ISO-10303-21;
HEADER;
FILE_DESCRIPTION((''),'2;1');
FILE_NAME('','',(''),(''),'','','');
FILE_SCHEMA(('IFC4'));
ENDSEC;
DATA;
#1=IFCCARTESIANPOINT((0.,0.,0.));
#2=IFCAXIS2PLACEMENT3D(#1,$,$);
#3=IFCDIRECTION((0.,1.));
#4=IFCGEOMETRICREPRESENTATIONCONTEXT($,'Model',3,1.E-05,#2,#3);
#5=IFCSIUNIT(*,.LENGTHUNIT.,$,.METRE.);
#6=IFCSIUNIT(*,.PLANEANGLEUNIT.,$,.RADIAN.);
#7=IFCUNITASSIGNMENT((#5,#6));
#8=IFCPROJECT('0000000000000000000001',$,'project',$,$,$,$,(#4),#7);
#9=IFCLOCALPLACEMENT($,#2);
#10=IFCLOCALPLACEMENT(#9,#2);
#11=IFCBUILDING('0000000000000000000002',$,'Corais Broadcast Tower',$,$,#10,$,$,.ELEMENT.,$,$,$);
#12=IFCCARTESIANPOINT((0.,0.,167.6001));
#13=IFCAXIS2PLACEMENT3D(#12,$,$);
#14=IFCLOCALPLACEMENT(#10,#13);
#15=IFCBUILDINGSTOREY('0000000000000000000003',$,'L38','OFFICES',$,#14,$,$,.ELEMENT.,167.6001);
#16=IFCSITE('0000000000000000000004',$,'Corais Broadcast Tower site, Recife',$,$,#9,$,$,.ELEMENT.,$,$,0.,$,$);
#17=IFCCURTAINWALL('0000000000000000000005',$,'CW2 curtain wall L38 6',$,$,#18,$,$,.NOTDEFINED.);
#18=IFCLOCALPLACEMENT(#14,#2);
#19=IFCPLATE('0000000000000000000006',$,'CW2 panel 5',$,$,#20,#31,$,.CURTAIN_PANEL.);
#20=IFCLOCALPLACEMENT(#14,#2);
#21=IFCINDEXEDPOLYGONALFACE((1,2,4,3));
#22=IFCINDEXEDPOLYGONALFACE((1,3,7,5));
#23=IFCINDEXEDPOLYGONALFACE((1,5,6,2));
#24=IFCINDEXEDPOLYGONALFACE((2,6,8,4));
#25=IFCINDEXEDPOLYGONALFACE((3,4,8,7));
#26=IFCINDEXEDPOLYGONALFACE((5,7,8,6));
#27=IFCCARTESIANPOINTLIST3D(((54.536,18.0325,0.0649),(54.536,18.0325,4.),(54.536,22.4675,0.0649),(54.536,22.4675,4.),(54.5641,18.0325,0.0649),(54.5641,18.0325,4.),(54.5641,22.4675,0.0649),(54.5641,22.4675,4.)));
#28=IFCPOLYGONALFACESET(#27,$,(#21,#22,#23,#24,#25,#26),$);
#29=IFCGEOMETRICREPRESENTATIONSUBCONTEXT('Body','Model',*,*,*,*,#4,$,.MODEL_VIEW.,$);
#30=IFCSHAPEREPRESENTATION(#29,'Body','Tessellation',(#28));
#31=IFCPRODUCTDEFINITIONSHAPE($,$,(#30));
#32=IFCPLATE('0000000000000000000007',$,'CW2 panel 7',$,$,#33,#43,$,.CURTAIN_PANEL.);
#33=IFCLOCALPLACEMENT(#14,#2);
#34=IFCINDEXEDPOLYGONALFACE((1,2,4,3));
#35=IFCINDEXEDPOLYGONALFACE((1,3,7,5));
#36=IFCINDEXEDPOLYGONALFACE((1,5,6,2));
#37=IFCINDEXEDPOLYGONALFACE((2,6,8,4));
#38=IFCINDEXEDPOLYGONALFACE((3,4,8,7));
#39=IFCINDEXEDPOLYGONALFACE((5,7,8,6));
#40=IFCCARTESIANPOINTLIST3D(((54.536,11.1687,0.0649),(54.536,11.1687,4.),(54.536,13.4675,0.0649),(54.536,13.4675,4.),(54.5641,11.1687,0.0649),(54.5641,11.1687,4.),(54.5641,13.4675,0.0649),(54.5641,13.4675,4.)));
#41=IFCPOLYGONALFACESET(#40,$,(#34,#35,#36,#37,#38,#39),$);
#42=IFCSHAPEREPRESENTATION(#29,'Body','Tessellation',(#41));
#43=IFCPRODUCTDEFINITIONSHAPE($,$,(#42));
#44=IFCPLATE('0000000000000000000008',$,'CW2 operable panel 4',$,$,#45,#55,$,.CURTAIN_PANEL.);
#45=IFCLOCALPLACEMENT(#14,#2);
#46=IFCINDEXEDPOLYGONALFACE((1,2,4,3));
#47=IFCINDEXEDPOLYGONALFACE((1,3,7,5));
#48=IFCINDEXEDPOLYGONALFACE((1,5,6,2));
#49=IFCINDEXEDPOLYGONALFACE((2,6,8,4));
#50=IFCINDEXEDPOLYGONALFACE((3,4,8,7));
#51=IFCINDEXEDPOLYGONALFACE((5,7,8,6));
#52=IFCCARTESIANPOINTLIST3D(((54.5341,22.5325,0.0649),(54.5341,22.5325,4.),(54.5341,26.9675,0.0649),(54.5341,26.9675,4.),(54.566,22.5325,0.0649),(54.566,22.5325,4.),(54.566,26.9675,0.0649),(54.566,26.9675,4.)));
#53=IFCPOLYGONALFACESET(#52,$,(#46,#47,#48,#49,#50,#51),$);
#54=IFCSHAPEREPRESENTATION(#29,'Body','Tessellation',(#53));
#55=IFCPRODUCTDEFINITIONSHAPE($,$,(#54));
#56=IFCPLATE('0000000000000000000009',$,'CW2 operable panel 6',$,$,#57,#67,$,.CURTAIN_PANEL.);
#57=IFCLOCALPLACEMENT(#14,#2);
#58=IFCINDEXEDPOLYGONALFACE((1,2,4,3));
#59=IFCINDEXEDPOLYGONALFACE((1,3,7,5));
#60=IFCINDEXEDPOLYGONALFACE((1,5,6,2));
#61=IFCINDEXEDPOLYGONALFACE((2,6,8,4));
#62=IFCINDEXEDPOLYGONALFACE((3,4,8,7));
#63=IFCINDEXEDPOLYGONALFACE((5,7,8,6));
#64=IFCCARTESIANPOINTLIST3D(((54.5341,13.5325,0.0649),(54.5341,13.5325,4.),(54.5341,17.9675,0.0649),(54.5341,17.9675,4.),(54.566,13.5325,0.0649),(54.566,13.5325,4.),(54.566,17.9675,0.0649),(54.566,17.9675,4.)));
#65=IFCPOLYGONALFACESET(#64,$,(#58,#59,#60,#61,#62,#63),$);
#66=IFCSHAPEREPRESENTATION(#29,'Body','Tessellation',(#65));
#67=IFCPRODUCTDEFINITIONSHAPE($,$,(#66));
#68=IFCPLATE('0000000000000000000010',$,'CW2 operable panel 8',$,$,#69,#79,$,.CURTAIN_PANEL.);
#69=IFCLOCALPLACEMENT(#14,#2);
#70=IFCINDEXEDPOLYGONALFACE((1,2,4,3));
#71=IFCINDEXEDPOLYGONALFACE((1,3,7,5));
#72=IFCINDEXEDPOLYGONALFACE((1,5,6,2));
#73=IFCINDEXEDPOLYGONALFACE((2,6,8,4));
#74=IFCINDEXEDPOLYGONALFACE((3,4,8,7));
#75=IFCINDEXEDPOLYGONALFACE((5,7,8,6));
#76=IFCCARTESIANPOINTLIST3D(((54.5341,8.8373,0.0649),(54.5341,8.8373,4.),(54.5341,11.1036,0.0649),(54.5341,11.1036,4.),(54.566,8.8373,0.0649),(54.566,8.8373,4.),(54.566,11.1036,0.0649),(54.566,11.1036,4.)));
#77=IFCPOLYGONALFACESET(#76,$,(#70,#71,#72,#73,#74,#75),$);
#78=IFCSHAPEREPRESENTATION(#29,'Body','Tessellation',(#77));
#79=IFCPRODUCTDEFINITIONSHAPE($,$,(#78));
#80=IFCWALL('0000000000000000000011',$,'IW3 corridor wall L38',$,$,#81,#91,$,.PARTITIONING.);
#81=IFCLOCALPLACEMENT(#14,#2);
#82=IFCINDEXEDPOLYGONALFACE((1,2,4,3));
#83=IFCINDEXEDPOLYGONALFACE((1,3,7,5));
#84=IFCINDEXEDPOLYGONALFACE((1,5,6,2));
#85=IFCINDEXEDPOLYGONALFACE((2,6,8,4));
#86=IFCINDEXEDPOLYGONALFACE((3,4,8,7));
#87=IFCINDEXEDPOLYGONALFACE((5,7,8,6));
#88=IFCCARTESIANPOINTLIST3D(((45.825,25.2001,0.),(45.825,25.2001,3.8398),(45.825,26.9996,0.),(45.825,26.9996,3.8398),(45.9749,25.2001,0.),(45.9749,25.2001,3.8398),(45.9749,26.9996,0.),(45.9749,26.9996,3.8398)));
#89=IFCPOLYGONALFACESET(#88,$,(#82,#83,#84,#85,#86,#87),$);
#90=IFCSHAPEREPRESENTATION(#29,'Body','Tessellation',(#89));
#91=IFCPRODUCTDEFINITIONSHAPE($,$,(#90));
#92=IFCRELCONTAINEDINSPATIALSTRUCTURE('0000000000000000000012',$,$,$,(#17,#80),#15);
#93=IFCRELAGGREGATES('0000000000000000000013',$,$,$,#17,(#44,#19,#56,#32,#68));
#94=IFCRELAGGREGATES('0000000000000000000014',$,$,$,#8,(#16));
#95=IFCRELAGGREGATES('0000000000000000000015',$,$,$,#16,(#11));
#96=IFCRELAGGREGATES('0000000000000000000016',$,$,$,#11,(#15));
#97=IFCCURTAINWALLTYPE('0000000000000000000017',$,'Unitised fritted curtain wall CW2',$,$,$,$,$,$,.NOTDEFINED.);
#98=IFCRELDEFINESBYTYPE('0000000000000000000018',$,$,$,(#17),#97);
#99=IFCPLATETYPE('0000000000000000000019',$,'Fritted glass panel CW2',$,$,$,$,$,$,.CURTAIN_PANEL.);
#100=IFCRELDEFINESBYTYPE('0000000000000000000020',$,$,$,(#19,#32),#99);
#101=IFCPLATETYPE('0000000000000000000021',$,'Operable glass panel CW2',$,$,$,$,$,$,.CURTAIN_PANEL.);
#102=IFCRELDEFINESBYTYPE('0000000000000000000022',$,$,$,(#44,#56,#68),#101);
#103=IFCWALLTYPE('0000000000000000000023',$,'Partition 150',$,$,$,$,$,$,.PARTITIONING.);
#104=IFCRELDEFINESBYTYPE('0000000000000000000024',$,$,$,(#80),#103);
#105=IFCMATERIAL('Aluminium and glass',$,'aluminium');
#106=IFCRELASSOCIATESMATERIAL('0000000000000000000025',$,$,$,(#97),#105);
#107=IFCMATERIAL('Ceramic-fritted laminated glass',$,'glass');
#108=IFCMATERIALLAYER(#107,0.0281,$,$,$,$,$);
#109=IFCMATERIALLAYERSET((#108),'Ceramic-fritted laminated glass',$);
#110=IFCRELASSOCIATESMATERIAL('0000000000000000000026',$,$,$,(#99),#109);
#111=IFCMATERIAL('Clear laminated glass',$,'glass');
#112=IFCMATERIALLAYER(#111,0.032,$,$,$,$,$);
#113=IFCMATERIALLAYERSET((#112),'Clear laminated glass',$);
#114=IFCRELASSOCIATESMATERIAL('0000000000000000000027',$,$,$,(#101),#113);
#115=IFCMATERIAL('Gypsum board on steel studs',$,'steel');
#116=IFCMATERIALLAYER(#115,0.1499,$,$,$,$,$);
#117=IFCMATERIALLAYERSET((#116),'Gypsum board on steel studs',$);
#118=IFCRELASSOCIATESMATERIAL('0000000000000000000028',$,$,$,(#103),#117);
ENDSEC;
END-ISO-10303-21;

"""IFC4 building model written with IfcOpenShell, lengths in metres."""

from ifc_helpers import new_model, si_unit, direction, frame, frame_2d, origin, origin_2d, place, context, subcontext, project, spatial, rectangle, extrude, material, layer, layer_set, type_object, element, aggregate, save


model = new_model("IFC4")

# Units and contexts
model_context = context("Model", 3, precision=1e-05, world=origin(), true_north=direction((0.0, 1.0)))
body_context = subcontext(model_context, "Body", "Model", "MODEL_VIEW")
ifc_project = project(units=[si_unit("LENGTHUNIT", "METRE"), si_unit("PLANEANGLEUNIT", "RADIAN")], contexts=[model_context])

# Site, building, storey
site_placement = place(None, origin())
site = spatial("IfcSite", under=ifc_project, at=site_placement, Name="Corais Broadcast Tower site, Recife", CompositionType="ELEMENT", RefElevation=0.0)
building_placement = place(site_placement, origin())
building = spatial("IfcBuilding", under=site, at=building_placement, Name="Corais Broadcast Tower", CompositionType="ELEMENT")
storey_placement = place(building_placement, frame((0.0, 0.0, 167.6001)))
storey = spatial("IfcBuildingStorey", under=building, at=storey_placement, Name="L38", Description="OFFICES", CompositionType="ELEMENT", Elevation=167.6001)

# Curtain wall
ifc_material_1 = material(Name="Aluminium and glass", Category="aluminium")
curtain_wall_type = type_object("IfcCurtainWallType", Name="Unitised fritted curtain wall CW2", PredefinedType="NOTDEFINED", material=ifc_material_1)
curtain_wall_placement = place(storey_placement, origin())
curtain_wall = element("IfcCurtainWall", 1, at=curtain_wall_placement, inside=storey, type_object=curtain_wall_type, Name="CW2 curtain wall L38 6", PredefinedType="NOTDEFINED")

# Plates
ifc_material_2 = material(Name="Ceramic-fritted laminated glass", Category="glass")
ifc_layer_1 = layer(ifc_material_2, 0.0281)
ifc_layer_set_1 = layer_set([ifc_layer_1], Name="Ceramic-fritted laminated glass")
plate_type_1 = type_object("IfcPlateType", Name="Fritted glass panel CW2", PredefinedType="CURTAIN_PANEL", material=ifc_layer_set_1)
plate_1_placement = place(storey_placement, frame((54.55, 20.25, 0.0649), z_axis=(0.0, 0.0, 1.0), x_axis=(0.0, -1.0, 0.0)))
plate_1 = element("IfcPlate", 2, at=plate_1_placement, type_object=plate_type_1, Name="CW2 panel 5", PredefinedType="CURTAIN_PANEL", context=body_context, shape_type="SweptSolid", body=[
    extrude(rectangle(XDim=4.4351, YDim=0.0281, at=origin_2d()), origin(), (0.0, 0.0, 1.0), 3.9351),
])
plate_2_placement = place(storey_placement, frame((54.55, 12.3181, 0.0649), z_axis=(0.0, 0.0, 1.0), x_axis=(0.0, -1.0, 0.0)))
plate_2 = element("IfcPlate", 3, at=plate_2_placement, type_object=plate_type_1, Name="CW2 panel 7", PredefinedType="CURTAIN_PANEL", context=body_context, shape_type="SweptSolid", body=[
    extrude(rectangle(XDim=2.2988, YDim=0.0281, at=origin_2d()), origin(), (0.0, 0.0, 1.0), 3.9351),
])
ifc_material_3 = material(Name="Clear laminated glass", Category="glass")
ifc_layer_2 = layer(ifc_material_3, 0.032)
ifc_layer_set_2 = layer_set([ifc_layer_2], Name="Clear laminated glass")
plate_type_2 = type_object("IfcPlateType", Name="Operable glass panel CW2", PredefinedType="CURTAIN_PANEL", material=ifc_layer_set_2)
plate_3_placement = place(storey_placement, frame((54.55, 24.75, 0.0649), z_axis=(0.0, 0.0, 1.0), x_axis=(0.0, -1.0, 0.0)))
plate_3 = element("IfcPlate", 4, at=plate_3_placement, type_object=plate_type_2, Name="CW2 operable panel 4", PredefinedType="CURTAIN_PANEL", context=body_context, shape_type="SweptSolid", body=[
    extrude(rectangle(XDim=4.4351, YDim=0.032, at=origin_2d()), origin(), (0.0, 0.0, 1.0), 3.9351),
])
plate_4_placement = place(storey_placement, frame((54.55, 15.75, 0.0649), z_axis=(0.0, 0.0, 1.0), x_axis=(0.0, -1.0, 0.0)))
plate_4 = element("IfcPlate", 5, at=plate_4_placement, type_object=plate_type_2, Name="CW2 operable panel 6", PredefinedType="CURTAIN_PANEL", context=body_context, shape_type="SweptSolid", body=[
    extrude(rectangle(XDim=4.4351, YDim=0.032, at=origin_2d()), origin(), (0.0, 0.0, 1.0), 3.9351),
])
plate_5_placement = place(storey_placement, frame((54.55, 9.9705, 0.0649), z_axis=(0.0, 0.0, 1.0), x_axis=(0.0, -1.0, 0.0)))
plate_5 = element("IfcPlate", 6, at=plate_5_placement, type_object=plate_type_2, Name="CW2 operable panel 8", PredefinedType="CURTAIN_PANEL", context=body_context, shape_type="SweptSolid", body=[
    extrude(rectangle(XDim=2.2664, YDim=0.032, at=origin_2d()), origin(), (0.0, 0.0, 1.0), 3.9351),
])
aggregate(curtain_wall, [plate_3, plate_1, plate_4, plate_2, plate_5])

# Wall
ifc_material_4 = material(Name="Gypsum board on steel studs", Category="steel")
ifc_layer_3 = layer(ifc_material_4, 0.1499)
ifc_layer_set_3 = layer_set([ifc_layer_3], Name="Gypsum board on steel studs")
wall_type = type_object("IfcWallType", Name="Partition 150", PredefinedType="PARTITIONING", material=ifc_layer_set_3)
wall_placement = place(storey_placement, frame((45.8999, 25.2, 0.0), z_axis=(0.0, 0.0, 1.0), x_axis=(0.0, 1.0, 0.0)))
element("IfcWall", 7, at=wall_placement, inside=storey, type_object=wall_type, Name="IW3 corridor wall L38", PredefinedType="PARTITIONING", context=body_context, shape_type="SweptSolid", body=[
    extrude(rectangle(XDim=1.7996, YDim=0.1499, at=frame_2d((0.8999, 0.0))), origin(), (0.0, 0.0, 1.0), 3.8398),
])

save(model, "model.ifc")
